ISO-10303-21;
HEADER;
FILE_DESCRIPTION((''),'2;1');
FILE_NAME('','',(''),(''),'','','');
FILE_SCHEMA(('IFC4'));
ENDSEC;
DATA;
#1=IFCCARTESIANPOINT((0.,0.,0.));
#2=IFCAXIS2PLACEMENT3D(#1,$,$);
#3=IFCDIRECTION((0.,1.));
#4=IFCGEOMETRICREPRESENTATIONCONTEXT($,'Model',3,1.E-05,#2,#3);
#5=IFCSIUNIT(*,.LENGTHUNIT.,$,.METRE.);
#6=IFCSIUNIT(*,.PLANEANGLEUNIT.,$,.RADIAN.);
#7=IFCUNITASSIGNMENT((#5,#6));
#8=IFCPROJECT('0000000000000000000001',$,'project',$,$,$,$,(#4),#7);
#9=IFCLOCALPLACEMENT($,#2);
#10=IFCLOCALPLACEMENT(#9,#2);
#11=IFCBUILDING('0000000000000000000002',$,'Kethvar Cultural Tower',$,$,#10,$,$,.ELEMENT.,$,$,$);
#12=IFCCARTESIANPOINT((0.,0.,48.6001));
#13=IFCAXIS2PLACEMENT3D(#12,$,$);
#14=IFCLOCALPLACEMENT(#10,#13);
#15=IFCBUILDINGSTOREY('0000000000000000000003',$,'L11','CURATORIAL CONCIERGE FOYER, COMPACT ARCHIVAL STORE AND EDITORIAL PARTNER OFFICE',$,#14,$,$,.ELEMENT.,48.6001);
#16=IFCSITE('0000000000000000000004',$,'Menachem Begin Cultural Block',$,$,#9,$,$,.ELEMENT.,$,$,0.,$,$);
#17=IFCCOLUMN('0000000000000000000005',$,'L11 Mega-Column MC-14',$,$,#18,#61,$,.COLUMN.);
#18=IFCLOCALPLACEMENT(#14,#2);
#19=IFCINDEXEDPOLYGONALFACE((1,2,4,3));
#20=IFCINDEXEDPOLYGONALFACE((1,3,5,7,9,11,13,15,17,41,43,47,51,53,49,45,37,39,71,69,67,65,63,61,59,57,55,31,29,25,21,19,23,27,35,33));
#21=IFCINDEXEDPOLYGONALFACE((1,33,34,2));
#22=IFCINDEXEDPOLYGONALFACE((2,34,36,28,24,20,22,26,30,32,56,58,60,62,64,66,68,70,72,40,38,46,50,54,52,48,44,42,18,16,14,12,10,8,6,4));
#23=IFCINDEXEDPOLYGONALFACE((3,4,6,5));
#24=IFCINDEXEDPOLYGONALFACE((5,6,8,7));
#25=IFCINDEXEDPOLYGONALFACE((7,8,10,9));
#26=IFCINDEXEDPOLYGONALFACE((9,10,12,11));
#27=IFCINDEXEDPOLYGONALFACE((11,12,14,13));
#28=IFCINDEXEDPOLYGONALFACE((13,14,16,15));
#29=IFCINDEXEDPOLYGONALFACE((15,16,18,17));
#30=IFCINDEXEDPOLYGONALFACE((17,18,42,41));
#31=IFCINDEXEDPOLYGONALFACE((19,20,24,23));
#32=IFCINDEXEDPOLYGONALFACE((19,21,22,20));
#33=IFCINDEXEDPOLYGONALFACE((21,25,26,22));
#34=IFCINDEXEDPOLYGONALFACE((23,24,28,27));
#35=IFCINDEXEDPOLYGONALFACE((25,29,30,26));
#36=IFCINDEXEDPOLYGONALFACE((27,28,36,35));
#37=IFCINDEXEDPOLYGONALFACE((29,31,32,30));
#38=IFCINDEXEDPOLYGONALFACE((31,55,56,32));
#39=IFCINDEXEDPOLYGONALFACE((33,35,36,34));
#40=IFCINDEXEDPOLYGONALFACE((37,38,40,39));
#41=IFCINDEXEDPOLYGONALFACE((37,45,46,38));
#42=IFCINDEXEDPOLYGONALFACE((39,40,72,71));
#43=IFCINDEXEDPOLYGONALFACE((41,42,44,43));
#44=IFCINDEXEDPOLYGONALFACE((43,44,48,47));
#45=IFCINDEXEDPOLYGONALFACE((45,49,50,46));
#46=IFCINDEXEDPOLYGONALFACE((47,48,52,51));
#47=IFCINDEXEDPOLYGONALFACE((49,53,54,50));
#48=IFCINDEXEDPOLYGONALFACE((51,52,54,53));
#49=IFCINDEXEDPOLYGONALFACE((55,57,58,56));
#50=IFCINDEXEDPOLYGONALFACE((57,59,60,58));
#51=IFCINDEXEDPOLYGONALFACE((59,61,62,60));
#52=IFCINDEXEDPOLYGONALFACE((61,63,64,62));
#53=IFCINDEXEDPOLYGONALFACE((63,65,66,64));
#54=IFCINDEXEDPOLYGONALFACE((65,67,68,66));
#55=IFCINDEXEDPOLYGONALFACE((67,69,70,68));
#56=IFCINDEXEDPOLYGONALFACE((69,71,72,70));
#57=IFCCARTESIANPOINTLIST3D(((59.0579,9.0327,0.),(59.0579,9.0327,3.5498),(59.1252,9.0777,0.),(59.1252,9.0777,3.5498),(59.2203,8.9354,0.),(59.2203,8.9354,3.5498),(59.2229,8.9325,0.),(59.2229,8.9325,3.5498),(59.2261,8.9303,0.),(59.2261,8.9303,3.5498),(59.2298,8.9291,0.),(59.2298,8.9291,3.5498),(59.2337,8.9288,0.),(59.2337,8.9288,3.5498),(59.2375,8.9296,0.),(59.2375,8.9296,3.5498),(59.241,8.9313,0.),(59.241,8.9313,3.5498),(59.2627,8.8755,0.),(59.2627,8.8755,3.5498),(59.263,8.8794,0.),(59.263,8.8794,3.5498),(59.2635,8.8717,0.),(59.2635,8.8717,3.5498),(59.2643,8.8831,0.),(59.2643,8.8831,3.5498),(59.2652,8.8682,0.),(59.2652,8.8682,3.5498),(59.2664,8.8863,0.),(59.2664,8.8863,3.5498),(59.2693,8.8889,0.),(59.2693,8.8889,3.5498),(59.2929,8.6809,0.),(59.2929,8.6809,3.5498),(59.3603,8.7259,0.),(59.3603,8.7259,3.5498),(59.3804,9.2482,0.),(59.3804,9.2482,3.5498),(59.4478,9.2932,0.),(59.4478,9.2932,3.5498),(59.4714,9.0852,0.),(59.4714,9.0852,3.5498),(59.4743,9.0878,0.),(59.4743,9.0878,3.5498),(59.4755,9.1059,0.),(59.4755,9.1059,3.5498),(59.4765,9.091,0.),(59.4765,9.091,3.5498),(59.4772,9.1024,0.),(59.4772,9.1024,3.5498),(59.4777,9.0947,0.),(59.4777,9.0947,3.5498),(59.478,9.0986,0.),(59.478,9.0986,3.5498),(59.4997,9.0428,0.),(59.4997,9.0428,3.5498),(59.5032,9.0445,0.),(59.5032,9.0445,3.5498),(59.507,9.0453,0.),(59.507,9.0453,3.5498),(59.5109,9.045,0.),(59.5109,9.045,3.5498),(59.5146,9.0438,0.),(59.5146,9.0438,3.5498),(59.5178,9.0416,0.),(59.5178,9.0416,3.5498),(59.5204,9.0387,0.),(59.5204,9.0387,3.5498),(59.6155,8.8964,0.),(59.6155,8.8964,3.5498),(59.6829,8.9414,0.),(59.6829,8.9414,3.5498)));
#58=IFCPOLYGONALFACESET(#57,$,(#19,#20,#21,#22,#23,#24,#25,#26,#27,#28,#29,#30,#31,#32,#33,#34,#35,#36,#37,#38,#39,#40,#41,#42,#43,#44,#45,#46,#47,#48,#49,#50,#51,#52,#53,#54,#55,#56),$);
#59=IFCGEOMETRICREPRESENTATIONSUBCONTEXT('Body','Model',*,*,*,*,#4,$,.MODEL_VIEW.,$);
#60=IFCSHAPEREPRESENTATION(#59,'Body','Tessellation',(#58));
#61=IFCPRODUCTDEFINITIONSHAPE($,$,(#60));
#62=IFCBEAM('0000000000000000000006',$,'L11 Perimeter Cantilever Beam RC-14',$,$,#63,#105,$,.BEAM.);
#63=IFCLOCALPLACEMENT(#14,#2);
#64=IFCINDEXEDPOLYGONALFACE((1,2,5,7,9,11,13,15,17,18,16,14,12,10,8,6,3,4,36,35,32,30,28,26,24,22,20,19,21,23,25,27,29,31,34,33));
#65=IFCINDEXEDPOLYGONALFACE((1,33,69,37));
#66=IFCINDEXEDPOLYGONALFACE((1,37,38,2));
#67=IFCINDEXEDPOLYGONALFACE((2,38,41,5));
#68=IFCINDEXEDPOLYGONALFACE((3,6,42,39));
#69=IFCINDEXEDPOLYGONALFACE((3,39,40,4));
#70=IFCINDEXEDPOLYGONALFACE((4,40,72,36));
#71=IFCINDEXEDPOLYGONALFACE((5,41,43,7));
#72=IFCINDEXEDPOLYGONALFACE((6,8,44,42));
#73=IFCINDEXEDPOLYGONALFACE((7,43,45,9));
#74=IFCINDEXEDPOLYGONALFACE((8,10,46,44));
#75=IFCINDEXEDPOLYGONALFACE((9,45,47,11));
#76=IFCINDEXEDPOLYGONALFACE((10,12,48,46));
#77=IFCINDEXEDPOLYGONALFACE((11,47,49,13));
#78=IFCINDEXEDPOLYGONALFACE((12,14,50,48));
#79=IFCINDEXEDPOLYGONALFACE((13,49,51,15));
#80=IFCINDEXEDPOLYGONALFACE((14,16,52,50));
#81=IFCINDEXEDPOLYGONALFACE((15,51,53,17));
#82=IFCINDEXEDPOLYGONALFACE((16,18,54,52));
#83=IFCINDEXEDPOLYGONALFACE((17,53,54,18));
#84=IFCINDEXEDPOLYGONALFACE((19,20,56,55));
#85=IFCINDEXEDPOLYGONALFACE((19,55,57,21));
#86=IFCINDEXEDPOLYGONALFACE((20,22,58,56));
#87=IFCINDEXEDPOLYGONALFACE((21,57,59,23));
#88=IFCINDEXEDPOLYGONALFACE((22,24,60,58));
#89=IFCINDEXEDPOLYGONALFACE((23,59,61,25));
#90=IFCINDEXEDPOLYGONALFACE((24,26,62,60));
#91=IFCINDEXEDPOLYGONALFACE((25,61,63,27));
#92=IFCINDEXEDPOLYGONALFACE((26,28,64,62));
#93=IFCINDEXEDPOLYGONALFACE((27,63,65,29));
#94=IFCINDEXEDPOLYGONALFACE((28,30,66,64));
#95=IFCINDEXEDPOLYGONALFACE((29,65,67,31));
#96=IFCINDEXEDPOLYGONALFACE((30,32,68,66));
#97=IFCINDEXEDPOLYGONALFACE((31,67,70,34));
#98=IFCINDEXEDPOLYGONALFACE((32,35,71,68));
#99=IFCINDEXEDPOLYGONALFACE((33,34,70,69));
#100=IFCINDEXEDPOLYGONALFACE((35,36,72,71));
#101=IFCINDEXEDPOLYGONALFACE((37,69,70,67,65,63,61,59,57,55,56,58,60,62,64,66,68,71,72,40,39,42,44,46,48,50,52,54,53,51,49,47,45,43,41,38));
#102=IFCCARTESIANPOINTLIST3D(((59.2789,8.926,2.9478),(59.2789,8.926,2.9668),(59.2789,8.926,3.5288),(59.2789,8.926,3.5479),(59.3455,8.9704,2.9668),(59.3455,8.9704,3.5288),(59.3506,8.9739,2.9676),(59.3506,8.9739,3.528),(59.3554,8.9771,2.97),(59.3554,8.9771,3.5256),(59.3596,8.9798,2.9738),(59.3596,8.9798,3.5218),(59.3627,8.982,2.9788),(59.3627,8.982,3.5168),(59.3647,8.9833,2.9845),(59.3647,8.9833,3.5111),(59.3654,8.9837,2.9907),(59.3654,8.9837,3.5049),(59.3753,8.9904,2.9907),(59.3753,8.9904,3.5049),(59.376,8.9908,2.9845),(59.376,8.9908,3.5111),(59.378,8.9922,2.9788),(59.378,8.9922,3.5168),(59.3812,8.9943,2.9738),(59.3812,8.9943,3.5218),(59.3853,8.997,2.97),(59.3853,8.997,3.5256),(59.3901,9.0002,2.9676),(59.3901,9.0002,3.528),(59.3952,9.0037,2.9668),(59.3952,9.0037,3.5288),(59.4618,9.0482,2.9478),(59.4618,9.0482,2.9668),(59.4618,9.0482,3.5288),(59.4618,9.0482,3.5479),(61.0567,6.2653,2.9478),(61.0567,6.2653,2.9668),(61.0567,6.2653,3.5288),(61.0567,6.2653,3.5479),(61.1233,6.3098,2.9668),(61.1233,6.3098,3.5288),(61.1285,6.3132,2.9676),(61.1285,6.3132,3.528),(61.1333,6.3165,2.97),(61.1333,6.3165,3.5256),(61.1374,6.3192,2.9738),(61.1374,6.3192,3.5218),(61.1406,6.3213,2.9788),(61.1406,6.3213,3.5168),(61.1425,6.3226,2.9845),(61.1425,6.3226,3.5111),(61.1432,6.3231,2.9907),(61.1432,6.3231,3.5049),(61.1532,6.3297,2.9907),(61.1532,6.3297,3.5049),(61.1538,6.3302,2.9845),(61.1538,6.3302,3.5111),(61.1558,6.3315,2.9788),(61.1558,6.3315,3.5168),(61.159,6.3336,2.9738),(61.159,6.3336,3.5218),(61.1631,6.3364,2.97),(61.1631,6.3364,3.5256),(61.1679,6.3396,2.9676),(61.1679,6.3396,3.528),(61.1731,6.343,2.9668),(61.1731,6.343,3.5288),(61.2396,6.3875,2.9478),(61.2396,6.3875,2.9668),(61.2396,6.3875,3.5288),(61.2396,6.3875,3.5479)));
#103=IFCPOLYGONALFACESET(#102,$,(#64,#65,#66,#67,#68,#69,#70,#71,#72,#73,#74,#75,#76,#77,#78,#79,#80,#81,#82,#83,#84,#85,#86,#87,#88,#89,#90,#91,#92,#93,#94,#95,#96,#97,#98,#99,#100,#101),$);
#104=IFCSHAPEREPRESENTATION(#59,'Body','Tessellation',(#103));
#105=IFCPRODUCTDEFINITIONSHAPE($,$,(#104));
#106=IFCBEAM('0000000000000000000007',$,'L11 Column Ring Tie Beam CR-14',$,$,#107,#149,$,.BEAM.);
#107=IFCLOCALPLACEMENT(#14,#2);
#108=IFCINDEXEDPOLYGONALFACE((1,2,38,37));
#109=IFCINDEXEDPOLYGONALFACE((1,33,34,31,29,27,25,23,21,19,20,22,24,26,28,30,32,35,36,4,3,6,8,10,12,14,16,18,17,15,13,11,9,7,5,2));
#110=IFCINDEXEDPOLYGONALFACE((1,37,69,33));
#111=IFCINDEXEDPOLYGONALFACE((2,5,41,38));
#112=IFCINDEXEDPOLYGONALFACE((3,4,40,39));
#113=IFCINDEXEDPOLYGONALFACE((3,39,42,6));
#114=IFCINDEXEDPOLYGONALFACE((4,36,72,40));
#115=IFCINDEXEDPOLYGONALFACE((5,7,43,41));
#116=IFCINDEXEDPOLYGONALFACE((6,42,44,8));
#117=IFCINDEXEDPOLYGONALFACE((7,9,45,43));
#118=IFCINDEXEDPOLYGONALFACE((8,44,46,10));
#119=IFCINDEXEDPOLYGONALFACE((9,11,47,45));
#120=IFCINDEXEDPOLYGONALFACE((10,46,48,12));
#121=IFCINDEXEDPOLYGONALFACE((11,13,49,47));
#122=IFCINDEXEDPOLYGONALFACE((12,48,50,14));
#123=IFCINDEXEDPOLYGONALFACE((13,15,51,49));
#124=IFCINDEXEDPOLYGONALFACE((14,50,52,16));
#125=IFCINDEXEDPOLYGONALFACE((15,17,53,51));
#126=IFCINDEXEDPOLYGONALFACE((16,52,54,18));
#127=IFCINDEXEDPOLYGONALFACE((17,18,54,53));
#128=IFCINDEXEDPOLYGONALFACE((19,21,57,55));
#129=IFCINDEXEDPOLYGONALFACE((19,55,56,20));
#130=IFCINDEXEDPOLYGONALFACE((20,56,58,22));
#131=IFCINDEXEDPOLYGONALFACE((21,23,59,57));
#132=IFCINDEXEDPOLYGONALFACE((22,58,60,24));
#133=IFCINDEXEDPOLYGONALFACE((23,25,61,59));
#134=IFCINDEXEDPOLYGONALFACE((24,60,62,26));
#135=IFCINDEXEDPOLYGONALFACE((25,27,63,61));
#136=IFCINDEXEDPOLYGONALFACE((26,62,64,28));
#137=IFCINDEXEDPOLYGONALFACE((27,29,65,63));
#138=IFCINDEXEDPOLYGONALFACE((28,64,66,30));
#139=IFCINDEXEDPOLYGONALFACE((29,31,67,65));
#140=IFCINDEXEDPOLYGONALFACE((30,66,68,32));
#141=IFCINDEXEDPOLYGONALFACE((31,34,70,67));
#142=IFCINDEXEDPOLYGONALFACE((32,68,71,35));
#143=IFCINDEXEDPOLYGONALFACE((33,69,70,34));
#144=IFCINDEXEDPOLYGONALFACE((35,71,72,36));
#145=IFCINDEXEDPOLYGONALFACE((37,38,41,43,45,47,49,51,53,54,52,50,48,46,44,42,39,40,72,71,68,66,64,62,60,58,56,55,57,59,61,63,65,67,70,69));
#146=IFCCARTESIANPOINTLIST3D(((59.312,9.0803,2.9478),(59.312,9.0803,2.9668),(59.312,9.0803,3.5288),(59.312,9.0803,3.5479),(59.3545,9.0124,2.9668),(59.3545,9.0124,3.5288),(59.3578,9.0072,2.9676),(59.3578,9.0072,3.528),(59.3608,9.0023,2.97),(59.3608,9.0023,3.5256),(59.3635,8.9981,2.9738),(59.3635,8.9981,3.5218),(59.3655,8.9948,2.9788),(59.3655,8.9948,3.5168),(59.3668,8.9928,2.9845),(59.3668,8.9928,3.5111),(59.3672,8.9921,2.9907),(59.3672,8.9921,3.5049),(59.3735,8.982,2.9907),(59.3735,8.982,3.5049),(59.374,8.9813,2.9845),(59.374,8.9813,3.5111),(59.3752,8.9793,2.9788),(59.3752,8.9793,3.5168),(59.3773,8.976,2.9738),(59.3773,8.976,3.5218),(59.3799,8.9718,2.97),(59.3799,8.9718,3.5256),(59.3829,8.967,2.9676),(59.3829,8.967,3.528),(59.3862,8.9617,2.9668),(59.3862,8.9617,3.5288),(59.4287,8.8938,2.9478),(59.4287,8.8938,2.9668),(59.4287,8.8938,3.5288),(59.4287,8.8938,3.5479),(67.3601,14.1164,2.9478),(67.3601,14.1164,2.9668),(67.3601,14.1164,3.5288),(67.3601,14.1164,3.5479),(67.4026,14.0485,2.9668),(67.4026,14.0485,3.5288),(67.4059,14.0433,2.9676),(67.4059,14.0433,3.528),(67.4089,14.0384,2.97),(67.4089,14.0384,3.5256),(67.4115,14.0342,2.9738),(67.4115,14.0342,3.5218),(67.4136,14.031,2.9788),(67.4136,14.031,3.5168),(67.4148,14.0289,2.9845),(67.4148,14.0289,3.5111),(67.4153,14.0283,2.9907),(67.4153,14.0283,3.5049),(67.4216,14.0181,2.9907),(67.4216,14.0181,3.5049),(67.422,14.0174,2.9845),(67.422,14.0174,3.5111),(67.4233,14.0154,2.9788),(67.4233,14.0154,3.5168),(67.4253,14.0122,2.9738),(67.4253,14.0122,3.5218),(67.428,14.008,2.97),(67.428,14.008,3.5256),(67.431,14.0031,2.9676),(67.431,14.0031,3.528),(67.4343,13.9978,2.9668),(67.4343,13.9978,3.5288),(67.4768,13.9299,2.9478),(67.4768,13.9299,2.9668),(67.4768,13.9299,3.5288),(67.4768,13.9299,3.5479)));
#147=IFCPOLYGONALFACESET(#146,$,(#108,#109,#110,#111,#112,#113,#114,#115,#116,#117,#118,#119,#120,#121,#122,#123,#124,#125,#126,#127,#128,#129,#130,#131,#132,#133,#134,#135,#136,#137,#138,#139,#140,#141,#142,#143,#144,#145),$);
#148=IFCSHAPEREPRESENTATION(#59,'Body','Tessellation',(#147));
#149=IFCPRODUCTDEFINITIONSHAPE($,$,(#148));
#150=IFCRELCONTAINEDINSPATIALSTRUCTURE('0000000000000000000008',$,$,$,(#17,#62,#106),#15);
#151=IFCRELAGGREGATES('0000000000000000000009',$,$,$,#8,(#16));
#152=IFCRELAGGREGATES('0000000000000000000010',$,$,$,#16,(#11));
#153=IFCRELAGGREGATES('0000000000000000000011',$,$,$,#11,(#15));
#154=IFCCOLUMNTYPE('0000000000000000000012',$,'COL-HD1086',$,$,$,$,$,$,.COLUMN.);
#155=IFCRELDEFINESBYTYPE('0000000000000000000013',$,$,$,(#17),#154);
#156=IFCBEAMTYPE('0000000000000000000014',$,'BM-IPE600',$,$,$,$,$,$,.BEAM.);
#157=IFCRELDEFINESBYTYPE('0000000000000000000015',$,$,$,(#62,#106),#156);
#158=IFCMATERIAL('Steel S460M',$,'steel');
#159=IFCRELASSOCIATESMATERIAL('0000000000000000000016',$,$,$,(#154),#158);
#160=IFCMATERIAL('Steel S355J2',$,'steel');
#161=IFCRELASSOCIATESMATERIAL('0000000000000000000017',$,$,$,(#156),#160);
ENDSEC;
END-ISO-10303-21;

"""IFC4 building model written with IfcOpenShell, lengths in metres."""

from ifc_helpers import new_model, si_unit, direction, frame, origin, origin_2d, place, context, subcontext, project, spatial, i_section, extrude, source, transform, mapped, material, material_profile, profile_set, type_object, element, save


model = new_model("IFC4")

# Units and contexts
model_context = context("Model", 3, precision=1e-05, world=origin(), true_north=direction((0.0, 1.0)))
body_context = subcontext(model_context, "Body", "Model", "MODEL_VIEW")
ifc_project = project(units=[si_unit("LENGTHUNIT", "METRE"), si_unit("PLANEANGLEUNIT", "RADIAN")], contexts=[model_context])

# Site, building, storey
site_placement = place(None, origin())
site = spatial("IfcSite", under=ifc_project, at=site_placement, Name="Menachem Begin Cultural Block", CompositionType="ELEMENT", RefElevation=0.0)
building_placement = place(site_placement, origin())
building = spatial("IfcBuilding", under=site, at=building_placement, Name="Kethvar Cultural Tower", CompositionType="ELEMENT")
storey_placement = place(building_placement, frame((0.0, 0.0, 48.6001)))
storey = spatial("IfcBuildingStorey", under=building, at=storey_placement, Name="L11", Description="CURATORIAL CONCIERGE FOYER, COMPACT ARCHIVAL STORE AND EDITORIAL PARTNER OFFICE", CompositionType="ELEMENT", Elevation=48.6001)

# Column
ifc_material_1 = material(Name="Steel S460M", Category="steel")
ifc_material_profile_1 = material_profile(ifc_material_1, i_section(OverallWidth=0.4231, OverallDepth=0.469, WebThickness=0.051, FlangeThickness=0.0811, FilletRadius=0.0149, at=origin_2d()), Name="Steel S460M — HD400x1086")
ifc_profile_set_1 = profile_set([ifc_material_profile_1], Name="Steel S460M — HD400x1086")
column_type = type_object("IfcColumnType", Name="COL-HD1086", PredefinedType="COLUMN", material=ifc_profile_set_1)
shared_shape_1 = source(origin(), body_context, "Body", "SweptSolid", [
    extrude(i_section(OverallWidth=0.4231, OverallDepth=0.469, WebThickness=0.051, FlangeThickness=0.0811, FilletRadius=0.0149, at=origin_2d()), origin(), (0.0, 0.0, 1.0), 3.5498),
])
column_placement = place(storey_placement, frame((59.3704, 8.9871, 0.0), z_axis=(0.0, 0.0, 1.0), x_axis=(0.55557, -0.83147, 0.0)))
element("IfcColumn", 1, at=column_placement, inside=storey, type_object=column_type, Name="L11 Mega-Column MC-14", PredefinedType="COLUMN", context=body_context, shape_type="MappedRepresentation", body=[
    mapped(shared_shape_1, transform((0.0, 0.0, 0.0), scale=1.0)),
])

# Beams
ifc_material_2 = material(Name="Steel S355J2", Category="steel")
ifc_material_profile_2 = material_profile(ifc_material_2, i_section(OverallWidth=0.22, OverallDepth=0.6001, WebThickness=0.012, FlangeThickness=0.019, FilletRadius=0.0239, at=origin_2d()), Name="Steel S355J2 — IPE600")
ifc_profile_set_2 = profile_set([ifc_material_profile_2], Name="Steel S355J2 — IPE600")
beam_type_1 = type_object("IfcBeamType", Name="BM-IPE600", PredefinedType="BEAM", material=ifc_profile_set_2)
shared_shape_2 = source(origin(), body_context, "Body", "SweptSolid", [
    extrude(i_section(OverallWidth=0.22, OverallDepth=0.6001, WebThickness=0.012, FlangeThickness=0.019, FilletRadius=0.0239, at=origin_2d()), origin(), (0.0, 0.0, 1.0), 3.2),
])
beam_1_placement = place(storey_placement, frame((59.3704, 8.9871, 3.2478), z_axis=(0.55558, -0.831463, 0.0), x_axis=(0.831463, 0.55558, 0.0)))
element("IfcBeam", 2, at=beam_1_placement, inside=storey, type_object=beam_type_1, Name="L11 Perimeter Cantilever Beam RC-14", PredefinedType="BEAM", context=body_context, shape_type="MappedRepresentation", body=[
    mapped(shared_shape_2, transform((0.0, 0.0, 0.0), scale=1.0)),
])
shared_shape_3 = source(origin(), body_context, "Body", "SweptSolid", [
    extrude(i_section(OverallWidth=0.22, OverallDepth=0.6001, WebThickness=0.012, FlangeThickness=0.019, FilletRadius=0.0239, at=origin_2d()), origin(), (0.0, 0.0, 1.0), 9.4939),
])
beam_2_placement = place(storey_placement, frame((59.3704, 8.9871, 3.2478), z_axis=(0.847711, 0.530459, 0.0), x_axis=(-0.530459, 0.847711, 0.0)))
element("IfcBeam", 3, at=beam_2_placement, inside=storey, type_object=beam_type_1, Name="L11 Column Ring Tie Beam CR-14", PredefinedType="BEAM", context=body_context, shape_type="MappedRepresentation", body=[
    mapped(shared_shape_3, transform((0.0, 0.0, 0.0), scale=1.0)),
])

save(model, "model.ifc")
